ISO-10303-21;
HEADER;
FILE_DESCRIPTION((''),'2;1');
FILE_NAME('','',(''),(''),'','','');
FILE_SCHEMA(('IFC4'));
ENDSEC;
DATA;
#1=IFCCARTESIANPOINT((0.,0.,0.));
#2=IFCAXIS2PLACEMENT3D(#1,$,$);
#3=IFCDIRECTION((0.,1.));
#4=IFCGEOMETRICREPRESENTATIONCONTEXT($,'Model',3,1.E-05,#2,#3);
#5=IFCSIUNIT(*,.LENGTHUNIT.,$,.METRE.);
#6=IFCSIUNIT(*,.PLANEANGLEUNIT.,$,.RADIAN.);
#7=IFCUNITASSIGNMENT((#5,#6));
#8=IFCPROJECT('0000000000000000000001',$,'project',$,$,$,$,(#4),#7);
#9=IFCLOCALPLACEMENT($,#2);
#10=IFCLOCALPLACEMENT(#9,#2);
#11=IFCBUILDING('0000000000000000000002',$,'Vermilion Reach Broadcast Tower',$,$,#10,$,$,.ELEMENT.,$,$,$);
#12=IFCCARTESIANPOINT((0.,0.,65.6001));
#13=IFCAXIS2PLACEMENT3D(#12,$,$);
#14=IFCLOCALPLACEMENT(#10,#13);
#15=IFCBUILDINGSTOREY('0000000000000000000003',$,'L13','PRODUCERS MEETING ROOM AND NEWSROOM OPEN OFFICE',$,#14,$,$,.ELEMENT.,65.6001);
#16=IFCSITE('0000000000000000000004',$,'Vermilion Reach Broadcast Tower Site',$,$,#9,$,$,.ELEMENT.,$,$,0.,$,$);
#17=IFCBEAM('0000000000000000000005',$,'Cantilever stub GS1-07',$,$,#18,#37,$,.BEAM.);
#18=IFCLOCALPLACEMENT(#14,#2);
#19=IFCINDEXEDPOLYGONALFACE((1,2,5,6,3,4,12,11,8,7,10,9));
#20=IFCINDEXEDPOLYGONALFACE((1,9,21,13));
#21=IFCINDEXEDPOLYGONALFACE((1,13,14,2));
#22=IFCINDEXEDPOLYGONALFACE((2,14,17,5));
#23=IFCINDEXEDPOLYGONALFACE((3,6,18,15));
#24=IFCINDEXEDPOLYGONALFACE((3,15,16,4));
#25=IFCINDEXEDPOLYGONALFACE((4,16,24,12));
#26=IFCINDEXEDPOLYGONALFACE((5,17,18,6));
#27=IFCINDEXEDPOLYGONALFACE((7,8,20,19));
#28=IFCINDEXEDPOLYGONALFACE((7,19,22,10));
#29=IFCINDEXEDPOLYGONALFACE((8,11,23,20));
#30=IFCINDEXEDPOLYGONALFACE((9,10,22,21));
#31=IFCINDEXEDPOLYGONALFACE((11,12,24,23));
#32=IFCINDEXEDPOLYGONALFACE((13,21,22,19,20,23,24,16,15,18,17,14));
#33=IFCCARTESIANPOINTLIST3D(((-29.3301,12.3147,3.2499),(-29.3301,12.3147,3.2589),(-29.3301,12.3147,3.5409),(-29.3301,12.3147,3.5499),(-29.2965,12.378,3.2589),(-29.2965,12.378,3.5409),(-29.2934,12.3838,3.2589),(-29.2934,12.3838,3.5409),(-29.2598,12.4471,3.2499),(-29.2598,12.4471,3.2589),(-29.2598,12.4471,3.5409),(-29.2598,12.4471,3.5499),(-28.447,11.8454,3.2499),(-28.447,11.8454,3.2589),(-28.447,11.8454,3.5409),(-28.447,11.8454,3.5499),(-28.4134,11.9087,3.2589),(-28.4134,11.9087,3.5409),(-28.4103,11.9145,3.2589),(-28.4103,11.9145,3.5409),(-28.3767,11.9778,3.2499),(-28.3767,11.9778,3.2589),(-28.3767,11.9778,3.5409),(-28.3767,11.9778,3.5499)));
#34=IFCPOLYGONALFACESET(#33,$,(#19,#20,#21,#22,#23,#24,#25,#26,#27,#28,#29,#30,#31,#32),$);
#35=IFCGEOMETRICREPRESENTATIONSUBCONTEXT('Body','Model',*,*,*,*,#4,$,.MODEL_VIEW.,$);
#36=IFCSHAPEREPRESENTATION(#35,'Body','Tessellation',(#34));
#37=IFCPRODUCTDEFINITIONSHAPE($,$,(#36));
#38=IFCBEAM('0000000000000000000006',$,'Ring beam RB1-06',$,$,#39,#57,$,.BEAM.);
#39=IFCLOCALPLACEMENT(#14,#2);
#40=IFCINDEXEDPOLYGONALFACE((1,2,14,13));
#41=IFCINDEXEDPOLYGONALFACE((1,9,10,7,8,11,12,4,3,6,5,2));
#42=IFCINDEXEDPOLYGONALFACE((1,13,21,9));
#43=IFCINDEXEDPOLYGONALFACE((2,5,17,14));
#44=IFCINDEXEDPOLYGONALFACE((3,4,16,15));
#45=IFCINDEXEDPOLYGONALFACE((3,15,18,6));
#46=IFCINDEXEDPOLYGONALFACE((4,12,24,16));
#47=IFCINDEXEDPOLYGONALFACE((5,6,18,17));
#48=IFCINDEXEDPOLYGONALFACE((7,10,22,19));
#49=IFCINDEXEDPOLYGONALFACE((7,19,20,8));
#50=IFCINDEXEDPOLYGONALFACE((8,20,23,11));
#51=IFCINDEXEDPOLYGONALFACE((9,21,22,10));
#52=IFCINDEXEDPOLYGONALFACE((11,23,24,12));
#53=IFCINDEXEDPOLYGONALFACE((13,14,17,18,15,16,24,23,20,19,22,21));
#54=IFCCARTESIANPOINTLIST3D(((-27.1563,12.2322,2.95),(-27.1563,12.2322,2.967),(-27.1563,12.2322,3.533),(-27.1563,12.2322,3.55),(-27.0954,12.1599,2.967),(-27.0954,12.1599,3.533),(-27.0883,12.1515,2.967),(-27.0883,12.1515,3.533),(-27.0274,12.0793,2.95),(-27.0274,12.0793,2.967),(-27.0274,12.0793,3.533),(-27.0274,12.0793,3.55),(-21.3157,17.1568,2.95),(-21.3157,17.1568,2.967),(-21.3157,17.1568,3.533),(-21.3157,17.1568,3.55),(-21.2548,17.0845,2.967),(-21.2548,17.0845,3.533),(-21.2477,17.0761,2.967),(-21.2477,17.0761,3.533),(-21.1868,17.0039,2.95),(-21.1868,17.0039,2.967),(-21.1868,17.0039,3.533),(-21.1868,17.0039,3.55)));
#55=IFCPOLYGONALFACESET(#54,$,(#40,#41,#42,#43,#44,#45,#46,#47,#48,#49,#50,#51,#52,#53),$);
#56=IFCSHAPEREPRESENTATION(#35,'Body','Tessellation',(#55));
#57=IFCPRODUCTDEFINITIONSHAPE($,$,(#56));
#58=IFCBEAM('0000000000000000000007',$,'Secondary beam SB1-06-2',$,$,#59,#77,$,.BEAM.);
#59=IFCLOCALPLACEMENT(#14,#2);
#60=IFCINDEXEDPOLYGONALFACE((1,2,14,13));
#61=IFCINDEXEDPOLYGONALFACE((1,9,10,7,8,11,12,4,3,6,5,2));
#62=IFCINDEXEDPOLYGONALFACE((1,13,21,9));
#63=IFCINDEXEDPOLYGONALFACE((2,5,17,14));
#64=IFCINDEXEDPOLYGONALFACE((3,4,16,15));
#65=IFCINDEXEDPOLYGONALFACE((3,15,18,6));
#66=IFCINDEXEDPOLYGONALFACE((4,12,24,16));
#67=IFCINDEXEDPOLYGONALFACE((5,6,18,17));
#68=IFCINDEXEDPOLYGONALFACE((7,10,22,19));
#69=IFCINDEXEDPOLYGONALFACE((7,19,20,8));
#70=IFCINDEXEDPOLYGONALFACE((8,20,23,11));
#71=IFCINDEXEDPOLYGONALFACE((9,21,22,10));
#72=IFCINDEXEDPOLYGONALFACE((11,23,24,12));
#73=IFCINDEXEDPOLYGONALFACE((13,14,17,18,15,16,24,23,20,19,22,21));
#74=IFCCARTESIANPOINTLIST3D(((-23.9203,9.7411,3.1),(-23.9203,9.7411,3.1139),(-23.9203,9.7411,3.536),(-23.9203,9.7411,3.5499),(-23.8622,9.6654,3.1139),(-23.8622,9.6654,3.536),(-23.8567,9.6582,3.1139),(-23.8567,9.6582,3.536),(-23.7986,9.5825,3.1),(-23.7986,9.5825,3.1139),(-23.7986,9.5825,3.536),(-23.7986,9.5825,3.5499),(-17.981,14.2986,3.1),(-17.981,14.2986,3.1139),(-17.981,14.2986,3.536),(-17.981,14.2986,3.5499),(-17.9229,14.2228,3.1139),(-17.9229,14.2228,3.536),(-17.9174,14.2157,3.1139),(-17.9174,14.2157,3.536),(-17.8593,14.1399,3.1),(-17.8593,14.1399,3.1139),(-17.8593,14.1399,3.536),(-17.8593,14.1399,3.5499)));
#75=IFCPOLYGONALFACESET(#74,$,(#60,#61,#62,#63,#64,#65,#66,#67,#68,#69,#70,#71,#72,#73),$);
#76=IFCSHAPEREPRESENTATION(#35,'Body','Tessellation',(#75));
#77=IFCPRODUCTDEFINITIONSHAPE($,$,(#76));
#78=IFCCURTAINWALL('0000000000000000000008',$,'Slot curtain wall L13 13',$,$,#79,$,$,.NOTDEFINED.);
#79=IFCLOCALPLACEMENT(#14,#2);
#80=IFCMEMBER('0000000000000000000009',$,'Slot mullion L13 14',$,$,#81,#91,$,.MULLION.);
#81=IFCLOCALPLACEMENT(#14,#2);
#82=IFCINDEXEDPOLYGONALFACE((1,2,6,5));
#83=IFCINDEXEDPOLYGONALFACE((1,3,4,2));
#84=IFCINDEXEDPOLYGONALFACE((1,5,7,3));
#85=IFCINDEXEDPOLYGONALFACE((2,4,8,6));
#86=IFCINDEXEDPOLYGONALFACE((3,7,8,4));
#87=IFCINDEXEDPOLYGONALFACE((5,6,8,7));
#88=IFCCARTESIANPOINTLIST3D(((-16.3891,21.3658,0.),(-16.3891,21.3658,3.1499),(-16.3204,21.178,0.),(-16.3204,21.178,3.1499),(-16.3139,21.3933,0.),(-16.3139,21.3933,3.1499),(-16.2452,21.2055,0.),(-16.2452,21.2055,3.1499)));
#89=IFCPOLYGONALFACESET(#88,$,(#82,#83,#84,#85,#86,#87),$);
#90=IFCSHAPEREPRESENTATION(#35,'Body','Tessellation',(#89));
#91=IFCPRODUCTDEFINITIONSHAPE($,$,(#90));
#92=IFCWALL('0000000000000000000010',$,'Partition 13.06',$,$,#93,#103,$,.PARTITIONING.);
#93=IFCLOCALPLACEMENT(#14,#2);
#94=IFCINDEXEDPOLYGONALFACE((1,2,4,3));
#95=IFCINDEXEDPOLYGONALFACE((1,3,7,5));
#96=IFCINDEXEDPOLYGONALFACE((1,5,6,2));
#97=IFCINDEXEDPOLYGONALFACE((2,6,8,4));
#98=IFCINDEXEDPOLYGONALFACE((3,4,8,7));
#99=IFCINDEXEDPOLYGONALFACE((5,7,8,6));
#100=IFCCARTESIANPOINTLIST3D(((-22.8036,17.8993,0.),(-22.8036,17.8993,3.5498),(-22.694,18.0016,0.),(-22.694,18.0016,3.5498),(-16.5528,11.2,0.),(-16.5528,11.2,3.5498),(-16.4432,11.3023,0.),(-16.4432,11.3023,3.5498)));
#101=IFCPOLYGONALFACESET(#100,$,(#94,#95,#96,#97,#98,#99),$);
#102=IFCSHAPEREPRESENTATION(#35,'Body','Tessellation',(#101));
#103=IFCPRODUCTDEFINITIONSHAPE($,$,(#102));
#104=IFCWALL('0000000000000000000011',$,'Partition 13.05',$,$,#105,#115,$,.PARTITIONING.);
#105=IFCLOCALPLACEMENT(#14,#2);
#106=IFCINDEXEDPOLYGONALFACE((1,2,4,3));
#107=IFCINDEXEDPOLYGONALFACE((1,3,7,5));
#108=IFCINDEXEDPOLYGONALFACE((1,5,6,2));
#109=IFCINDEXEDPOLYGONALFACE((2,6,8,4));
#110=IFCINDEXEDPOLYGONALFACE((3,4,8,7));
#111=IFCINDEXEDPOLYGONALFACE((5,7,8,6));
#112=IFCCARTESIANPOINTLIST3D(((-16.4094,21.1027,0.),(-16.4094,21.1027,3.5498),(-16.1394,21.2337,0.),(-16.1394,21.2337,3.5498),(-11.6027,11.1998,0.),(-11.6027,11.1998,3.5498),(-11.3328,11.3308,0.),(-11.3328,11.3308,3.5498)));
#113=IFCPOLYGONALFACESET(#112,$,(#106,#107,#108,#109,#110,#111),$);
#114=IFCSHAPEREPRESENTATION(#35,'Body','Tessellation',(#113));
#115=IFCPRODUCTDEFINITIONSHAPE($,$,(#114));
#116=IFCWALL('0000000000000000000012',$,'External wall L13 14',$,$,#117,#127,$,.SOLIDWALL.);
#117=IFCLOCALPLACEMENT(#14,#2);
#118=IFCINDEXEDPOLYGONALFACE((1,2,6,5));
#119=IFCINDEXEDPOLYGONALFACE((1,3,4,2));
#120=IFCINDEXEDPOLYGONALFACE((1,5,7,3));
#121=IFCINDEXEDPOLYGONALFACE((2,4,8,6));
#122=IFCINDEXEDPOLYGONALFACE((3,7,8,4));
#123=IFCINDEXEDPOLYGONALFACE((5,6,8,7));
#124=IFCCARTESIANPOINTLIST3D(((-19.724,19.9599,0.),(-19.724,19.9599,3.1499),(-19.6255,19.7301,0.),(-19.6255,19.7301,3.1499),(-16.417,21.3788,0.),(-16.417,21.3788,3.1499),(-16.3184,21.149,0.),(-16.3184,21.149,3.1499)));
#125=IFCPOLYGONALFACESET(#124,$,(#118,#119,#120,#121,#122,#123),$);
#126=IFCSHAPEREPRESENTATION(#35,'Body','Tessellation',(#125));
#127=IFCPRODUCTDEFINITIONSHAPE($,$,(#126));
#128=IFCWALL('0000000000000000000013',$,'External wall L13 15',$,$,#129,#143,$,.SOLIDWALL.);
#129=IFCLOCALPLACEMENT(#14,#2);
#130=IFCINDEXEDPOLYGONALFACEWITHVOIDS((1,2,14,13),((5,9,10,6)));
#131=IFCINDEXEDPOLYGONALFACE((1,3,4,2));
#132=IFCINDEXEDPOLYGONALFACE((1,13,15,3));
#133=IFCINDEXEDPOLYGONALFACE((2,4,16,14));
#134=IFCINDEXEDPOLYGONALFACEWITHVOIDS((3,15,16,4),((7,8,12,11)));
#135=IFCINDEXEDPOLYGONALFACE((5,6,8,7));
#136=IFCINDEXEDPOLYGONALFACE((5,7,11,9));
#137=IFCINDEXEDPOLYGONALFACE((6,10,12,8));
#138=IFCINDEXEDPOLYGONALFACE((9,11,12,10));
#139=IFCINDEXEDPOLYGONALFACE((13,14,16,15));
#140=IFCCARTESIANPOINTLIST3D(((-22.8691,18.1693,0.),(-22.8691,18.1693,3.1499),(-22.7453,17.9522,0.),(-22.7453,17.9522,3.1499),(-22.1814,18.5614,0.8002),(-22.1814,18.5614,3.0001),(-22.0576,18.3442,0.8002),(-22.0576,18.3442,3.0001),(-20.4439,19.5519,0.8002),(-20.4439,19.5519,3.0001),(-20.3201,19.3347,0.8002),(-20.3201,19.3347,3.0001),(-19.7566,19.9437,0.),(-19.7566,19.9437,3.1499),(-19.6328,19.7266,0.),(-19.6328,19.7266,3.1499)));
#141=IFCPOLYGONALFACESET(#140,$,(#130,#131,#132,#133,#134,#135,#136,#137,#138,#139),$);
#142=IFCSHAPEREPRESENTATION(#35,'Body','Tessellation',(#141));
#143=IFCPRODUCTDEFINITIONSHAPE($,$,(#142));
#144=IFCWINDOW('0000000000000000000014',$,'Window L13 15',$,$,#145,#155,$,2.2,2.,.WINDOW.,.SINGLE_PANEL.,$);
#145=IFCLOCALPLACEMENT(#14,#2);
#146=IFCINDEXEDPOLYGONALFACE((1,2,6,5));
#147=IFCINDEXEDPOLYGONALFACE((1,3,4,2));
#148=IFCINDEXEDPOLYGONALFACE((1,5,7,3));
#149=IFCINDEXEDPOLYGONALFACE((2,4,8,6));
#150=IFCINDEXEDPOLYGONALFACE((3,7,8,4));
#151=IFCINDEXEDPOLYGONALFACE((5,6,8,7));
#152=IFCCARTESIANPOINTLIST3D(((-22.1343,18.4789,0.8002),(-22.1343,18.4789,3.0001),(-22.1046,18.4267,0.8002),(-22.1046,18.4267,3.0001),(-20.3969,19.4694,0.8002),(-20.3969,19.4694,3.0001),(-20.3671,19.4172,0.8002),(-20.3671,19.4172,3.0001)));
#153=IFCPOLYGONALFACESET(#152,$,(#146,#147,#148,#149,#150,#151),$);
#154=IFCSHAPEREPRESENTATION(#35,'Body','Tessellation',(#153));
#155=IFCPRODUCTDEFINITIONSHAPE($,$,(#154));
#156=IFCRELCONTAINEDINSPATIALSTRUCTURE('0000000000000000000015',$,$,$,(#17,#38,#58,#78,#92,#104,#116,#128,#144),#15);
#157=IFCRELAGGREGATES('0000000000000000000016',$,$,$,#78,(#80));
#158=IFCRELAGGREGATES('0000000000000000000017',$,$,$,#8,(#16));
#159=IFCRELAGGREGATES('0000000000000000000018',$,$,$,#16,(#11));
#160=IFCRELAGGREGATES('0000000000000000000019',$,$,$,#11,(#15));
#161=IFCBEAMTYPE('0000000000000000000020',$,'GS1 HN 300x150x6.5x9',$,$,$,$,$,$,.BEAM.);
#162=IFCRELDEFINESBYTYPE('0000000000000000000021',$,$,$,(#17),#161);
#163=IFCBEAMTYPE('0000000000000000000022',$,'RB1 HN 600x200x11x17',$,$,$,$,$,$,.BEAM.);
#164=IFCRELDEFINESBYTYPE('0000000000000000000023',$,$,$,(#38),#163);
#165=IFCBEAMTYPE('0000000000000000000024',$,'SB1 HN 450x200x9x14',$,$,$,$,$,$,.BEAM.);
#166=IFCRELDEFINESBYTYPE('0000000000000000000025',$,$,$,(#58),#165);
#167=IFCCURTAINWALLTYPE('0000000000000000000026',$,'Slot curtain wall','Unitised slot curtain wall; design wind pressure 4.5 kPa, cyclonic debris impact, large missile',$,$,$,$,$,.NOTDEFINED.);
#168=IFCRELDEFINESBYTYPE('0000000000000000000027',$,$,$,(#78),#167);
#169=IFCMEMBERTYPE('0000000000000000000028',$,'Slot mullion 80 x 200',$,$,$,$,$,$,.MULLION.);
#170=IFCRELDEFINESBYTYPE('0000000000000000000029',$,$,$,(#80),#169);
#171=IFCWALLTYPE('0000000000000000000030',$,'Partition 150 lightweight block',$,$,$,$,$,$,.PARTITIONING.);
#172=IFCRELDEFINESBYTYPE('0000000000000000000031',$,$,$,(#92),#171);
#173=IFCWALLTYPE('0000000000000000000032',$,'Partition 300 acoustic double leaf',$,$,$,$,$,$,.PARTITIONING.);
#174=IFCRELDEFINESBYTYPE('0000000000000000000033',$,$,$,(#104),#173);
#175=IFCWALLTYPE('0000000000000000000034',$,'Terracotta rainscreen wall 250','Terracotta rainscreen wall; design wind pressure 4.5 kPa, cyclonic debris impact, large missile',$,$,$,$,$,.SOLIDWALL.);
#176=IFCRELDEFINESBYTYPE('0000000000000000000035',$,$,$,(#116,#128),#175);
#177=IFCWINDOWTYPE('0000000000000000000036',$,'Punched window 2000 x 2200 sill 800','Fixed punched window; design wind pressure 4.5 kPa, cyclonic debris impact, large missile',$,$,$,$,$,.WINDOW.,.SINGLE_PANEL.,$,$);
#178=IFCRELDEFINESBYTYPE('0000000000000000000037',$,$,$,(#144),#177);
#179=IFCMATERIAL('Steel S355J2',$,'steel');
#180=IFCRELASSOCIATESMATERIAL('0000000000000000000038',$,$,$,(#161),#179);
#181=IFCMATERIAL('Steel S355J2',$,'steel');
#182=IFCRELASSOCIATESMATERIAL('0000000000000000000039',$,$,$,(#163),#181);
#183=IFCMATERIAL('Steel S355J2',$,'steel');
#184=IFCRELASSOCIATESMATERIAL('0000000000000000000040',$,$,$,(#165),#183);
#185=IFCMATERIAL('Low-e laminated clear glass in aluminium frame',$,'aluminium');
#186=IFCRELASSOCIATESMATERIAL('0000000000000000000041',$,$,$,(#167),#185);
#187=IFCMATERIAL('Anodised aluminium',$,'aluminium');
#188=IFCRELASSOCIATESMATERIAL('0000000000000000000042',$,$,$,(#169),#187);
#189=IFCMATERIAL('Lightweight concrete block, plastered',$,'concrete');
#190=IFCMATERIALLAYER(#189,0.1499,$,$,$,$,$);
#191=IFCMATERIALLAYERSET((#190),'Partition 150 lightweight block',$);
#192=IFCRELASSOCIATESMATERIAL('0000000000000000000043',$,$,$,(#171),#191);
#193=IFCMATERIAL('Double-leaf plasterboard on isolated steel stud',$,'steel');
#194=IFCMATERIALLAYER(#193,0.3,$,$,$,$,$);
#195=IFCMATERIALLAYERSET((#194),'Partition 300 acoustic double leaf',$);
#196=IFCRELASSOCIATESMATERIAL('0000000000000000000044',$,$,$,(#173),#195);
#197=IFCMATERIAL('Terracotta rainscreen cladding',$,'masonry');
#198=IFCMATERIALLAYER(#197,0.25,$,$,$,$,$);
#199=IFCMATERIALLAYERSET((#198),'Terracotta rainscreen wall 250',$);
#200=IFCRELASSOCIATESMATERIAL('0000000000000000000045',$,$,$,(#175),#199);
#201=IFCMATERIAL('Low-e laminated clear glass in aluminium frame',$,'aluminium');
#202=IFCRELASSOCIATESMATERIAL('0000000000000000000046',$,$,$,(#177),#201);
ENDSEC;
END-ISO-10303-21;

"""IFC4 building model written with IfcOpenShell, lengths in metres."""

from ifc_helpers import new_model, si_unit, direction, frame, frame_2d, origin, origin_2d, place, context, subcontext, project, spatial, rectangle, i_section, extrude, material, layer, layer_set, material_profile, profile_set, type_object, element, fill, aggregate, save


model = new_model("IFC4")

# Units and contexts
model_context = context("Model", 3, precision=1e-05, world=origin(), true_north=direction((0.0, 1.0)))
body_context = subcontext(model_context, "Body", "Model", "MODEL_VIEW")
ifc_project = project(units=[si_unit("LENGTHUNIT", "METRE"), si_unit("PLANEANGLEUNIT", "RADIAN")], contexts=[model_context])

# Site, building, storey
site_placement = place(None, origin())
site = spatial("IfcSite", under=ifc_project, at=site_placement, Name="Vermilion Reach Broadcast Tower Site", CompositionType="ELEMENT", RefElevation=0.0)
building_placement = place(site_placement, origin())
building = spatial("IfcBuilding", under=site, at=building_placement, Name="Vermilion Reach Broadcast Tower", CompositionType="ELEMENT")
storey_placement = place(building_placement, frame((0.0, 0.0, 65.6001)))
storey = spatial("IfcBuildingStorey", under=building, at=storey_placement, Name="L13", Description="PRODUCERS MEETING ROOM AND NEWSROOM OPEN OFFICE", CompositionType="ELEMENT", Elevation=65.6001)

# Beams
ifc_material_1 = material(Name="Steel S355J2", Category="steel")
ifc_material_profile_1 = material_profile(ifc_material_1, i_section(OverallWidth=0.1499, OverallDepth=0.3, WebThickness=0.0066, FlangeThickness=0.009, at=origin_2d()), Name="S355J2 HN 300x150x6.5x9")
ifc_profile_set_1 = profile_set([ifc_material_profile_1], Name="Steel S355J2")
beam_type_1 = type_object("IfcBeamType", Name="GS1 HN 300x150x6.5x9", PredefinedType="BEAM", material=ifc_profile_set_1)
beam_1_placement = place(storey_placement, frame((-28.4119, 11.9116, 3.3999), z_axis=(-0.883068, 0.469244, 0.0), x_axis=(-0.469244, -0.883068, 0.0)))
element("IfcBeam", 1, at=beam_1_placement, inside=storey, type_object=beam_type_1, Name="Cantilever stub GS1-07", PredefinedType="BEAM", context=body_context, shape_type="SweptSolid", body=[
    extrude(i_section(OverallWidth=0.1499, OverallDepth=0.3, WebThickness=0.0066, FlangeThickness=0.009, at=origin_2d()), origin(), (0.0, 0.0, 1.0), 1.0),
])
ifc_material_2 = material(Name="Steel S355J2", Category="steel")
ifc_material_profile_2 = material_profile(ifc_material_2, i_section(OverallWidth=0.2, OverallDepth=0.6001, WebThickness=0.011, FlangeThickness=0.0171, at=origin_2d()), Name="S355J2 HN 600x200x11x17")
ifc_profile_set_2 = profile_set([ifc_material_profile_2], Name="Steel S355J2")
beam_type_2 = type_object("IfcBeamType", Name="RB1 HN 600x200x11x17", PredefinedType="BEAM", material=ifc_profile_set_2)
beam_2_placement = place(storey_placement, frame((-21.2512, 17.0803, 3.25), z_axis=(-0.764512, -0.644609, 0.0), x_axis=(0.644609, -0.764512, 0.0)))
element("IfcBeam", 2, at=beam_2_placement, inside=storey, type_object=beam_type_2, Name="Ring beam RB1-06", PredefinedType="BEAM", context=body_context, shape_type="SweptSolid", body=[
    extrude(i_section(OverallWidth=0.2, OverallDepth=0.6001, WebThickness=0.011, FlangeThickness=0.0171, at=origin_2d()), origin(), (0.0, 0.0, 1.0), 7.6396),
])
ifc_material_3 = material(Name="Steel S355J2", Category="steel")
ifc_material_profile_3 = material_profile(ifc_material_3, i_section(OverallWidth=0.2, OverallDepth=0.45, WebThickness=0.009, FlangeThickness=0.0139, at=origin_2d()), Name="S355J2 HN 450x200x9x14")
ifc_profile_set_3 = profile_set([ifc_material_profile_3], Name="Steel S355J2")
beam_type_3 = type_object("IfcBeamType", Name="SB1 HN 450x200x9x14", PredefinedType="BEAM", material=ifc_profile_set_3)
beam_3_placement = place(storey_placement, frame((-17.9202, 14.2192, 3.325), z_axis=(-0.79335, -0.608766, 0.0), x_axis=(0.608766, -0.79335, 0.0)))
element("IfcBeam", 3, at=beam_3_placement, inside=storey, type_object=beam_type_3, Name="Secondary beam SB1-06-2", PredefinedType="BEAM", context=body_context, shape_type="SweptSolid", body=[
    extrude(i_section(OverallWidth=0.2, OverallDepth=0.45, WebThickness=0.009, FlangeThickness=0.0139, at=origin_2d()), origin(), (0.0, 0.0, 1.0), 7.4863),
])

# Curtain wall, member
ifc_material_4 = material(Name="Low-e laminated clear glass in aluminium frame", Category="aluminium")
curtain_wall_type = type_object("IfcCurtainWallType", Name="Slot curtain wall", Description="Unitised slot curtain wall; design wind pressure 4.5 kPa, cyclonic debris impact, large missile", PredefinedType="NOTDEFINED", material=ifc_material_4)
curtain_wall_placement = place(storey_placement, origin())
curtain_wall = element("IfcCurtainWall", 4, at=curtain_wall_placement, inside=storey, type_object=curtain_wall_type, Name="Slot curtain wall L13 13", PredefinedType="NOTDEFINED")
ifc_material_5 = material(Name="Anodised aluminium", Category="aluminium")
ifc_material_profile_4 = material_profile(ifc_material_5, rectangle(XDim=0.2, YDim=0.0801, at=origin_2d()), Name="Slot mullion 80 x 200")
ifc_profile_set_4 = profile_set([ifc_material_profile_4], Name="Anodised aluminium")
member_type = type_object("IfcMemberType", Name="Slot mullion 80 x 200", PredefinedType="MULLION", material=ifc_profile_set_4)
member_placement = place(storey_placement, frame((-16.3171, 21.2856, 0.0), z_axis=(0.0, 0.0, 1.0), x_axis=(0.343348, -0.939208, 0.0)))
member = element("IfcMember", 5, at=member_placement, type_object=member_type, Name="Slot mullion L13 14", PredefinedType="MULLION", context=body_context, shape_type="SweptSolid", body=[
    extrude(rectangle(XDim=0.2, YDim=0.0801, at=origin_2d()), origin(), (0.0, 0.0, 1.0), 3.1499),
])
aggregate(curtain_wall, [member])

# Walls
ifc_material_6 = material(Name="Lightweight concrete block, plastered", Category="concrete")
ifc_layer_1 = layer(ifc_material_6, 0.1499)
ifc_layer_set_1 = layer_set([ifc_layer_1], Name="Partition 150 lightweight block")
wall_type_1 = type_object("IfcWallType", Name="Partition 150 lightweight block", PredefinedType="PARTITIONING", material=ifc_layer_set_1)
wall_1_placement = place(storey_placement, frame((-22.7488, 17.9504, 0.0), z_axis=(0.0, 0.0, 1.0), x_axis=(0.682209, -0.731157, 0.0)))
element("IfcWall", 6, at=wall_1_placement, inside=storey, type_object=wall_type_1, Name="Partition 13.06", PredefinedType="PARTITIONING", context=body_context, shape_type="SweptSolid", body=[
    extrude(rectangle(XDim=9.1626, YDim=0.1499, at=frame_2d((4.5813, 0.0))), origin(), (0.0, 0.0, 1.0), 3.5498),
])
ifc_material_7 = material(Name="Double-leaf plasterboard on isolated steel stud", Category="steel")
ifc_layer_2 = layer(ifc_material_7, 0.3)
ifc_layer_set_2 = layer_set([ifc_layer_2], Name="Partition 300 acoustic double leaf")
wall_type_2 = type_object("IfcWallType", Name="Partition 300 acoustic double leaf", PredefinedType="PARTITIONING", material=ifc_layer_set_2)
wall_2_placement = place(storey_placement, frame((-16.2744, 21.1682, 0.0), z_axis=(0.0, 0.0, 1.0), x_axis=(0.436661, -0.899626, 0.0)))
element("IfcWall", 7, at=wall_2_placement, inside=storey, type_object=wall_type_2, Name="Partition 13.05", PredefinedType="PARTITIONING", context=body_context, shape_type="SweptSolid", body=[
    extrude(rectangle(XDim=11.0078, YDim=0.3, at=frame_2d((5.5039, 0.0))), origin(), (0.0, 0.0, 1.0), 3.5498),
])
ifc_material_8 = material(Name="Terracotta rainscreen cladding", Category="masonry")
ifc_layer_3 = layer(ifc_material_8, 0.25)
ifc_layer_set_3 = layer_set([ifc_layer_3], Name="Terracotta rainscreen wall 250")
wall_type_3 = type_object("IfcWallType", Name="Terracotta rainscreen wall 250", Description="Terracotta rainscreen wall; design wind pressure 4.5 kPa, cyclonic debris impact, large missile", PredefinedType="SOLIDWALL", material=ifc_layer_set_3)
wall_3_placement = place(storey_placement, frame((-16.3677, 21.2639, 0.0), z_axis=(0.0, 0.0, 1.0), x_axis=(-0.918984, -0.394296, 0.0)))
element("IfcWall", 8, at=wall_3_placement, inside=storey, type_object=wall_type_3, Name="External wall L13 14", PredefinedType="SOLIDWALL", context=body_context, shape_type="SweptSolid", body=[
    extrude(rectangle(XDim=3.5986, YDim=0.25, at=frame_2d((1.7993, 0.0))), origin(), (0.0, 0.0, 1.0), 3.1499),
])

# Wall, opening, window
wall_4_placement = place(storey_placement, frame((-19.6946, 19.8352, 0.0), z_axis=(0.0, 0.0, 1.0), x_axis=(-0.868746, -0.495258, 0.0)))
wall_4 = element("IfcWall", 9, at=wall_4_placement, inside=storey, type_object=wall_type_3, Name="External wall L13 15", PredefinedType="SOLIDWALL", context=body_context, shape_type="SweptSolid", body=[
    extrude(rectangle(XDim=3.5828, YDim=0.25, at=frame_2d((1.7915, 0.0))), origin(), (0.0, 0.0, 1.0), 3.1499),
])
opening_1_placement = place(wall_4_placement, frame((0.7913, 0.0, 0.8)))
opening_1 = element("IfcOpeningElement", 10, at=opening_1_placement, cuts=wall_4, PredefinedType="OPENING", context=body_context, shape_type="SweptSolid", body=[
    extrude(rectangle(XDim=2.0, YDim=2.2, at=frame_2d((1.0, 1.1001))), frame((0.0, 0.135, 0.0), z_axis=(0.0, -1.0, 0.0), x_axis=(1.0, 0.0, 0.0)), (0.0, 0.0, 1.0), 0.27),
])
ifc_material_9 = material(Name="Low-e laminated clear glass in aluminium frame", Category="aluminium")
window_type = type_object("IfcWindowType", Name="Punched window 2000 x 2200 sill 800", Description="Fixed punched window; design wind pressure 4.5 kPa, cyclonic debris impact, large missile", PartitioningType="SINGLE_PANEL", PredefinedType="WINDOW", material=ifc_material_9)
window_1_placement = place(opening_1_placement, origin())
window_1 = element("IfcWindow", 11, at=window_1_placement, inside=storey, type_object=window_type, Name="Window L13 15", OverallHeight=2.2, OverallWidth=2.0, PartitioningType="SINGLE_PANEL", PredefinedType="WINDOW", context=body_context, shape_type="SweptSolid", body=[
    extrude(rectangle(XDim=2.0, YDim=2.2, at=frame_2d((1.0, 1.1001))), frame((0.0, 0.03, 0.0), z_axis=(0.0, -1.0, 0.0), x_axis=(1.0, 0.0, 0.0)), (0.0, 0.0, 1.0), 0.0601),
])
fill(opening_1, window_1)

save(model, "model.ifc")
